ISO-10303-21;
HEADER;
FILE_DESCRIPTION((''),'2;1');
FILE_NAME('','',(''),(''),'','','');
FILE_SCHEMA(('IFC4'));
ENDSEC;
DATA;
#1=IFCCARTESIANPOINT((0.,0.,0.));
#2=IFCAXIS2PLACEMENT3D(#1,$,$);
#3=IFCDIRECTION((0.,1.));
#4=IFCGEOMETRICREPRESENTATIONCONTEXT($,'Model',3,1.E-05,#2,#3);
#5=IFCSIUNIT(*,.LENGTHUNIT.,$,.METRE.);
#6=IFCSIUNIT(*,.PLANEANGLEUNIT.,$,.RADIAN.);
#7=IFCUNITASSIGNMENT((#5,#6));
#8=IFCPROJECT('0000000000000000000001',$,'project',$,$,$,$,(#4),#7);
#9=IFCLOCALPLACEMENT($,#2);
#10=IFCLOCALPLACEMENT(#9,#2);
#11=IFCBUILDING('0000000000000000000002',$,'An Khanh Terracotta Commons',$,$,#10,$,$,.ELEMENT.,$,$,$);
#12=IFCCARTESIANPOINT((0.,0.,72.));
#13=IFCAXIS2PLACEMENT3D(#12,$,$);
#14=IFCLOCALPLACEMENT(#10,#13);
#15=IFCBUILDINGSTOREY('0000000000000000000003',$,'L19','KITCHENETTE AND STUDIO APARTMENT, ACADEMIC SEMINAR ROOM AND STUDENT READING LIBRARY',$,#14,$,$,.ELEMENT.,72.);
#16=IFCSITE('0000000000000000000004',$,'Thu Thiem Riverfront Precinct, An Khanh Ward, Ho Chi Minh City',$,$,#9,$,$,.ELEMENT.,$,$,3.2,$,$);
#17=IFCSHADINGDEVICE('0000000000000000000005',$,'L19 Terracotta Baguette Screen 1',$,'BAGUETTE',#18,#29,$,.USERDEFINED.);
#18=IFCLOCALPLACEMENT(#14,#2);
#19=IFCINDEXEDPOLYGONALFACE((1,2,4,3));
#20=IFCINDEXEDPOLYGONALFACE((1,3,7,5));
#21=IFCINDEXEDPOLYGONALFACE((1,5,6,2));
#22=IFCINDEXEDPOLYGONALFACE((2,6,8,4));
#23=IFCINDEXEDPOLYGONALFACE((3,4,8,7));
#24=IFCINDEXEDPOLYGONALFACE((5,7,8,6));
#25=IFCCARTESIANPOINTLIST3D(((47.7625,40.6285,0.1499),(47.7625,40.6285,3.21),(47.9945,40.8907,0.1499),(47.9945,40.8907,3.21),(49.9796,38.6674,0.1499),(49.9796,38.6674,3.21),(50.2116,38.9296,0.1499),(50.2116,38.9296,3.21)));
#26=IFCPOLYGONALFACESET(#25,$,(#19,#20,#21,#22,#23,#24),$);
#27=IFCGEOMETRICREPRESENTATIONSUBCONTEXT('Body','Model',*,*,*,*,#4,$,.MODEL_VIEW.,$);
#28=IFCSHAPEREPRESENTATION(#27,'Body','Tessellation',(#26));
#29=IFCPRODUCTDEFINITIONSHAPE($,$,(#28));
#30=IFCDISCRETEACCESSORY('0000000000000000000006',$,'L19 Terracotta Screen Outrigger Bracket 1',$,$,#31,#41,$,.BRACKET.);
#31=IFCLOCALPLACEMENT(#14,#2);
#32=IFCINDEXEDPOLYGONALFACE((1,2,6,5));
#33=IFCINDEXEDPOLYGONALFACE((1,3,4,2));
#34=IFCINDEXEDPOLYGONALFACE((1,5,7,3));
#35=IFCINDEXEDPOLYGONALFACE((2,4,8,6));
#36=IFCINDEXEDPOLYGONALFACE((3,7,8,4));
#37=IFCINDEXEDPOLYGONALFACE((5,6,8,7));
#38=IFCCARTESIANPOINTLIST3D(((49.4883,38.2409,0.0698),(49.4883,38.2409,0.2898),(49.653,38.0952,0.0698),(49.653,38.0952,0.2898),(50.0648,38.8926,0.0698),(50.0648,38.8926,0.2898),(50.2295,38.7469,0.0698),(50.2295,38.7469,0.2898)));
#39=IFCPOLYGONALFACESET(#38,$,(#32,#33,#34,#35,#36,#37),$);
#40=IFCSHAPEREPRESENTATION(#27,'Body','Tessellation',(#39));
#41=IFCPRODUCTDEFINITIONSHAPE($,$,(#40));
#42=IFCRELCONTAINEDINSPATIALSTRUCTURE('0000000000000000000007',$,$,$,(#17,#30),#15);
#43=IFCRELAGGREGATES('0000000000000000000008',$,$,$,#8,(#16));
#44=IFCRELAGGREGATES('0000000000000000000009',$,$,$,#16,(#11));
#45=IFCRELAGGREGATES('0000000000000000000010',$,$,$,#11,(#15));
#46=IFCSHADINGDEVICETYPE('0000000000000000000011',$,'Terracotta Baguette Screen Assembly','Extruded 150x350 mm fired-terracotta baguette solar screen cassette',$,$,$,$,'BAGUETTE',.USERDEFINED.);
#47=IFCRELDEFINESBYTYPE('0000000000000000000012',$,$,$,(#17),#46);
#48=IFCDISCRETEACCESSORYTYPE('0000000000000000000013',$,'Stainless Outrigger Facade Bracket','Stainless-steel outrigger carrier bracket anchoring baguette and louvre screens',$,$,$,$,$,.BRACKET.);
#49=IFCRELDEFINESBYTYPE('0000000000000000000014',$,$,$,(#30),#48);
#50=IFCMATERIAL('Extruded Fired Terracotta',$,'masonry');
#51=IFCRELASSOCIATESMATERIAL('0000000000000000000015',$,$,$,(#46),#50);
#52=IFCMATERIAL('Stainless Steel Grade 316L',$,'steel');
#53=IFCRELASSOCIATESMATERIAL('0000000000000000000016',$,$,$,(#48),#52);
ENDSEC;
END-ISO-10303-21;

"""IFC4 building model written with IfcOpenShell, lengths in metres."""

from ifc_helpers import new_model, si_unit, direction, frame, origin, origin_2d, place, context, subcontext, project, spatial, rectangle, extrude, material, type_object, element, save


model = new_model("IFC4")

# Units and contexts
model_context = context("Model", 3, precision=1e-05, world=origin(), true_north=direction((0.0, 1.0)))
body_context = subcontext(model_context, "Body", "Model", "MODEL_VIEW")
ifc_project = project(units=[si_unit("LENGTHUNIT", "METRE"), si_unit("PLANEANGLEUNIT", "RADIAN")], contexts=[model_context])

# Site, building, storey
site_placement = place(None, origin())
site = spatial("IfcSite", under=ifc_project, at=site_placement, Name="Thu Thiem Riverfront Precinct, An Khanh Ward, Ho Chi Minh City", CompositionType="ELEMENT", RefElevation=3.2)
building_placement = place(site_placement, origin())
building = spatial("IfcBuilding", under=site, at=building_placement, Name="An Khanh Terracotta Commons", CompositionType="ELEMENT")
storey_placement = place(building_placement, frame((0.0, 0.0, 72.0)))
storey = spatial("IfcBuildingStorey", under=building, at=storey_placement, Name="L19", Description="KITCHENETTE AND STUDIO APARTMENT, ACADEMIC SEMINAR ROOM AND STUDENT READING LIBRARY", CompositionType="ELEMENT", Elevation=72.0)

# Shading device
ifc_material_1 = material(Name="Extruded Fired Terracotta", Category="masonry")
shading_device_type = type_object("IfcShadingDeviceType", Name="Terracotta Baguette Screen Assembly", Description="Extruded 150x350 mm fired-terracotta baguette solar screen cassette", ElementType="BAGUETTE", PredefinedType="USERDEFINED", material=ifc_material_1)
shading_device_placement = place(storey_placement, frame((48.9871, 39.7791, 0.1499), z_axis=(0.0, 0.0, 1.0), x_axis=(-0.749019, 0.662548, 0.0)))
element("IfcShadingDevice", 1, at=shading_device_placement, inside=storey, type_object=shading_device_type, Name="L19 Terracotta Baguette Screen 1", ObjectType="BAGUETTE", PredefinedType="USERDEFINED", context=body_context, shape_type="SweptSolid", body=[
    extrude(rectangle(XDim=2.96, YDim=0.3501, at=origin_2d()), origin(), (0.0, 0.0, 1.0), 3.0601),
])

# Discrete accessory
ifc_material_2 = material(Name="Stainless Steel Grade 316L", Category="steel")
discrete_accessory_type = type_object("IfcDiscreteAccessoryType", Name="Stainless Outrigger Facade Bracket", Description="Stainless-steel outrigger carrier bracket anchoring baguette and louvre screens", PredefinedType="BRACKET", material=ifc_material_2)
discrete_accessory_placement = place(storey_placement, frame((49.8589, 38.4939, 0.0698), z_axis=(0.0, 0.0, 1.0), x_axis=(-0.749019, 0.662548, 0.0)))
element("IfcDiscreteAccessory", 2, at=discrete_accessory_placement, inside=storey, type_object=discrete_accessory_type, Name="L19 Terracotta Screen Outrigger Bracket 1", PredefinedType="BRACKET", context=body_context, shape_type="SweptSolid", body=[
    extrude(rectangle(XDim=0.22, YDim=0.8701, at=origin_2d()), origin(), (0.0, 0.0, 1.0), 0.22),
])

save(model, "model.ifc")
